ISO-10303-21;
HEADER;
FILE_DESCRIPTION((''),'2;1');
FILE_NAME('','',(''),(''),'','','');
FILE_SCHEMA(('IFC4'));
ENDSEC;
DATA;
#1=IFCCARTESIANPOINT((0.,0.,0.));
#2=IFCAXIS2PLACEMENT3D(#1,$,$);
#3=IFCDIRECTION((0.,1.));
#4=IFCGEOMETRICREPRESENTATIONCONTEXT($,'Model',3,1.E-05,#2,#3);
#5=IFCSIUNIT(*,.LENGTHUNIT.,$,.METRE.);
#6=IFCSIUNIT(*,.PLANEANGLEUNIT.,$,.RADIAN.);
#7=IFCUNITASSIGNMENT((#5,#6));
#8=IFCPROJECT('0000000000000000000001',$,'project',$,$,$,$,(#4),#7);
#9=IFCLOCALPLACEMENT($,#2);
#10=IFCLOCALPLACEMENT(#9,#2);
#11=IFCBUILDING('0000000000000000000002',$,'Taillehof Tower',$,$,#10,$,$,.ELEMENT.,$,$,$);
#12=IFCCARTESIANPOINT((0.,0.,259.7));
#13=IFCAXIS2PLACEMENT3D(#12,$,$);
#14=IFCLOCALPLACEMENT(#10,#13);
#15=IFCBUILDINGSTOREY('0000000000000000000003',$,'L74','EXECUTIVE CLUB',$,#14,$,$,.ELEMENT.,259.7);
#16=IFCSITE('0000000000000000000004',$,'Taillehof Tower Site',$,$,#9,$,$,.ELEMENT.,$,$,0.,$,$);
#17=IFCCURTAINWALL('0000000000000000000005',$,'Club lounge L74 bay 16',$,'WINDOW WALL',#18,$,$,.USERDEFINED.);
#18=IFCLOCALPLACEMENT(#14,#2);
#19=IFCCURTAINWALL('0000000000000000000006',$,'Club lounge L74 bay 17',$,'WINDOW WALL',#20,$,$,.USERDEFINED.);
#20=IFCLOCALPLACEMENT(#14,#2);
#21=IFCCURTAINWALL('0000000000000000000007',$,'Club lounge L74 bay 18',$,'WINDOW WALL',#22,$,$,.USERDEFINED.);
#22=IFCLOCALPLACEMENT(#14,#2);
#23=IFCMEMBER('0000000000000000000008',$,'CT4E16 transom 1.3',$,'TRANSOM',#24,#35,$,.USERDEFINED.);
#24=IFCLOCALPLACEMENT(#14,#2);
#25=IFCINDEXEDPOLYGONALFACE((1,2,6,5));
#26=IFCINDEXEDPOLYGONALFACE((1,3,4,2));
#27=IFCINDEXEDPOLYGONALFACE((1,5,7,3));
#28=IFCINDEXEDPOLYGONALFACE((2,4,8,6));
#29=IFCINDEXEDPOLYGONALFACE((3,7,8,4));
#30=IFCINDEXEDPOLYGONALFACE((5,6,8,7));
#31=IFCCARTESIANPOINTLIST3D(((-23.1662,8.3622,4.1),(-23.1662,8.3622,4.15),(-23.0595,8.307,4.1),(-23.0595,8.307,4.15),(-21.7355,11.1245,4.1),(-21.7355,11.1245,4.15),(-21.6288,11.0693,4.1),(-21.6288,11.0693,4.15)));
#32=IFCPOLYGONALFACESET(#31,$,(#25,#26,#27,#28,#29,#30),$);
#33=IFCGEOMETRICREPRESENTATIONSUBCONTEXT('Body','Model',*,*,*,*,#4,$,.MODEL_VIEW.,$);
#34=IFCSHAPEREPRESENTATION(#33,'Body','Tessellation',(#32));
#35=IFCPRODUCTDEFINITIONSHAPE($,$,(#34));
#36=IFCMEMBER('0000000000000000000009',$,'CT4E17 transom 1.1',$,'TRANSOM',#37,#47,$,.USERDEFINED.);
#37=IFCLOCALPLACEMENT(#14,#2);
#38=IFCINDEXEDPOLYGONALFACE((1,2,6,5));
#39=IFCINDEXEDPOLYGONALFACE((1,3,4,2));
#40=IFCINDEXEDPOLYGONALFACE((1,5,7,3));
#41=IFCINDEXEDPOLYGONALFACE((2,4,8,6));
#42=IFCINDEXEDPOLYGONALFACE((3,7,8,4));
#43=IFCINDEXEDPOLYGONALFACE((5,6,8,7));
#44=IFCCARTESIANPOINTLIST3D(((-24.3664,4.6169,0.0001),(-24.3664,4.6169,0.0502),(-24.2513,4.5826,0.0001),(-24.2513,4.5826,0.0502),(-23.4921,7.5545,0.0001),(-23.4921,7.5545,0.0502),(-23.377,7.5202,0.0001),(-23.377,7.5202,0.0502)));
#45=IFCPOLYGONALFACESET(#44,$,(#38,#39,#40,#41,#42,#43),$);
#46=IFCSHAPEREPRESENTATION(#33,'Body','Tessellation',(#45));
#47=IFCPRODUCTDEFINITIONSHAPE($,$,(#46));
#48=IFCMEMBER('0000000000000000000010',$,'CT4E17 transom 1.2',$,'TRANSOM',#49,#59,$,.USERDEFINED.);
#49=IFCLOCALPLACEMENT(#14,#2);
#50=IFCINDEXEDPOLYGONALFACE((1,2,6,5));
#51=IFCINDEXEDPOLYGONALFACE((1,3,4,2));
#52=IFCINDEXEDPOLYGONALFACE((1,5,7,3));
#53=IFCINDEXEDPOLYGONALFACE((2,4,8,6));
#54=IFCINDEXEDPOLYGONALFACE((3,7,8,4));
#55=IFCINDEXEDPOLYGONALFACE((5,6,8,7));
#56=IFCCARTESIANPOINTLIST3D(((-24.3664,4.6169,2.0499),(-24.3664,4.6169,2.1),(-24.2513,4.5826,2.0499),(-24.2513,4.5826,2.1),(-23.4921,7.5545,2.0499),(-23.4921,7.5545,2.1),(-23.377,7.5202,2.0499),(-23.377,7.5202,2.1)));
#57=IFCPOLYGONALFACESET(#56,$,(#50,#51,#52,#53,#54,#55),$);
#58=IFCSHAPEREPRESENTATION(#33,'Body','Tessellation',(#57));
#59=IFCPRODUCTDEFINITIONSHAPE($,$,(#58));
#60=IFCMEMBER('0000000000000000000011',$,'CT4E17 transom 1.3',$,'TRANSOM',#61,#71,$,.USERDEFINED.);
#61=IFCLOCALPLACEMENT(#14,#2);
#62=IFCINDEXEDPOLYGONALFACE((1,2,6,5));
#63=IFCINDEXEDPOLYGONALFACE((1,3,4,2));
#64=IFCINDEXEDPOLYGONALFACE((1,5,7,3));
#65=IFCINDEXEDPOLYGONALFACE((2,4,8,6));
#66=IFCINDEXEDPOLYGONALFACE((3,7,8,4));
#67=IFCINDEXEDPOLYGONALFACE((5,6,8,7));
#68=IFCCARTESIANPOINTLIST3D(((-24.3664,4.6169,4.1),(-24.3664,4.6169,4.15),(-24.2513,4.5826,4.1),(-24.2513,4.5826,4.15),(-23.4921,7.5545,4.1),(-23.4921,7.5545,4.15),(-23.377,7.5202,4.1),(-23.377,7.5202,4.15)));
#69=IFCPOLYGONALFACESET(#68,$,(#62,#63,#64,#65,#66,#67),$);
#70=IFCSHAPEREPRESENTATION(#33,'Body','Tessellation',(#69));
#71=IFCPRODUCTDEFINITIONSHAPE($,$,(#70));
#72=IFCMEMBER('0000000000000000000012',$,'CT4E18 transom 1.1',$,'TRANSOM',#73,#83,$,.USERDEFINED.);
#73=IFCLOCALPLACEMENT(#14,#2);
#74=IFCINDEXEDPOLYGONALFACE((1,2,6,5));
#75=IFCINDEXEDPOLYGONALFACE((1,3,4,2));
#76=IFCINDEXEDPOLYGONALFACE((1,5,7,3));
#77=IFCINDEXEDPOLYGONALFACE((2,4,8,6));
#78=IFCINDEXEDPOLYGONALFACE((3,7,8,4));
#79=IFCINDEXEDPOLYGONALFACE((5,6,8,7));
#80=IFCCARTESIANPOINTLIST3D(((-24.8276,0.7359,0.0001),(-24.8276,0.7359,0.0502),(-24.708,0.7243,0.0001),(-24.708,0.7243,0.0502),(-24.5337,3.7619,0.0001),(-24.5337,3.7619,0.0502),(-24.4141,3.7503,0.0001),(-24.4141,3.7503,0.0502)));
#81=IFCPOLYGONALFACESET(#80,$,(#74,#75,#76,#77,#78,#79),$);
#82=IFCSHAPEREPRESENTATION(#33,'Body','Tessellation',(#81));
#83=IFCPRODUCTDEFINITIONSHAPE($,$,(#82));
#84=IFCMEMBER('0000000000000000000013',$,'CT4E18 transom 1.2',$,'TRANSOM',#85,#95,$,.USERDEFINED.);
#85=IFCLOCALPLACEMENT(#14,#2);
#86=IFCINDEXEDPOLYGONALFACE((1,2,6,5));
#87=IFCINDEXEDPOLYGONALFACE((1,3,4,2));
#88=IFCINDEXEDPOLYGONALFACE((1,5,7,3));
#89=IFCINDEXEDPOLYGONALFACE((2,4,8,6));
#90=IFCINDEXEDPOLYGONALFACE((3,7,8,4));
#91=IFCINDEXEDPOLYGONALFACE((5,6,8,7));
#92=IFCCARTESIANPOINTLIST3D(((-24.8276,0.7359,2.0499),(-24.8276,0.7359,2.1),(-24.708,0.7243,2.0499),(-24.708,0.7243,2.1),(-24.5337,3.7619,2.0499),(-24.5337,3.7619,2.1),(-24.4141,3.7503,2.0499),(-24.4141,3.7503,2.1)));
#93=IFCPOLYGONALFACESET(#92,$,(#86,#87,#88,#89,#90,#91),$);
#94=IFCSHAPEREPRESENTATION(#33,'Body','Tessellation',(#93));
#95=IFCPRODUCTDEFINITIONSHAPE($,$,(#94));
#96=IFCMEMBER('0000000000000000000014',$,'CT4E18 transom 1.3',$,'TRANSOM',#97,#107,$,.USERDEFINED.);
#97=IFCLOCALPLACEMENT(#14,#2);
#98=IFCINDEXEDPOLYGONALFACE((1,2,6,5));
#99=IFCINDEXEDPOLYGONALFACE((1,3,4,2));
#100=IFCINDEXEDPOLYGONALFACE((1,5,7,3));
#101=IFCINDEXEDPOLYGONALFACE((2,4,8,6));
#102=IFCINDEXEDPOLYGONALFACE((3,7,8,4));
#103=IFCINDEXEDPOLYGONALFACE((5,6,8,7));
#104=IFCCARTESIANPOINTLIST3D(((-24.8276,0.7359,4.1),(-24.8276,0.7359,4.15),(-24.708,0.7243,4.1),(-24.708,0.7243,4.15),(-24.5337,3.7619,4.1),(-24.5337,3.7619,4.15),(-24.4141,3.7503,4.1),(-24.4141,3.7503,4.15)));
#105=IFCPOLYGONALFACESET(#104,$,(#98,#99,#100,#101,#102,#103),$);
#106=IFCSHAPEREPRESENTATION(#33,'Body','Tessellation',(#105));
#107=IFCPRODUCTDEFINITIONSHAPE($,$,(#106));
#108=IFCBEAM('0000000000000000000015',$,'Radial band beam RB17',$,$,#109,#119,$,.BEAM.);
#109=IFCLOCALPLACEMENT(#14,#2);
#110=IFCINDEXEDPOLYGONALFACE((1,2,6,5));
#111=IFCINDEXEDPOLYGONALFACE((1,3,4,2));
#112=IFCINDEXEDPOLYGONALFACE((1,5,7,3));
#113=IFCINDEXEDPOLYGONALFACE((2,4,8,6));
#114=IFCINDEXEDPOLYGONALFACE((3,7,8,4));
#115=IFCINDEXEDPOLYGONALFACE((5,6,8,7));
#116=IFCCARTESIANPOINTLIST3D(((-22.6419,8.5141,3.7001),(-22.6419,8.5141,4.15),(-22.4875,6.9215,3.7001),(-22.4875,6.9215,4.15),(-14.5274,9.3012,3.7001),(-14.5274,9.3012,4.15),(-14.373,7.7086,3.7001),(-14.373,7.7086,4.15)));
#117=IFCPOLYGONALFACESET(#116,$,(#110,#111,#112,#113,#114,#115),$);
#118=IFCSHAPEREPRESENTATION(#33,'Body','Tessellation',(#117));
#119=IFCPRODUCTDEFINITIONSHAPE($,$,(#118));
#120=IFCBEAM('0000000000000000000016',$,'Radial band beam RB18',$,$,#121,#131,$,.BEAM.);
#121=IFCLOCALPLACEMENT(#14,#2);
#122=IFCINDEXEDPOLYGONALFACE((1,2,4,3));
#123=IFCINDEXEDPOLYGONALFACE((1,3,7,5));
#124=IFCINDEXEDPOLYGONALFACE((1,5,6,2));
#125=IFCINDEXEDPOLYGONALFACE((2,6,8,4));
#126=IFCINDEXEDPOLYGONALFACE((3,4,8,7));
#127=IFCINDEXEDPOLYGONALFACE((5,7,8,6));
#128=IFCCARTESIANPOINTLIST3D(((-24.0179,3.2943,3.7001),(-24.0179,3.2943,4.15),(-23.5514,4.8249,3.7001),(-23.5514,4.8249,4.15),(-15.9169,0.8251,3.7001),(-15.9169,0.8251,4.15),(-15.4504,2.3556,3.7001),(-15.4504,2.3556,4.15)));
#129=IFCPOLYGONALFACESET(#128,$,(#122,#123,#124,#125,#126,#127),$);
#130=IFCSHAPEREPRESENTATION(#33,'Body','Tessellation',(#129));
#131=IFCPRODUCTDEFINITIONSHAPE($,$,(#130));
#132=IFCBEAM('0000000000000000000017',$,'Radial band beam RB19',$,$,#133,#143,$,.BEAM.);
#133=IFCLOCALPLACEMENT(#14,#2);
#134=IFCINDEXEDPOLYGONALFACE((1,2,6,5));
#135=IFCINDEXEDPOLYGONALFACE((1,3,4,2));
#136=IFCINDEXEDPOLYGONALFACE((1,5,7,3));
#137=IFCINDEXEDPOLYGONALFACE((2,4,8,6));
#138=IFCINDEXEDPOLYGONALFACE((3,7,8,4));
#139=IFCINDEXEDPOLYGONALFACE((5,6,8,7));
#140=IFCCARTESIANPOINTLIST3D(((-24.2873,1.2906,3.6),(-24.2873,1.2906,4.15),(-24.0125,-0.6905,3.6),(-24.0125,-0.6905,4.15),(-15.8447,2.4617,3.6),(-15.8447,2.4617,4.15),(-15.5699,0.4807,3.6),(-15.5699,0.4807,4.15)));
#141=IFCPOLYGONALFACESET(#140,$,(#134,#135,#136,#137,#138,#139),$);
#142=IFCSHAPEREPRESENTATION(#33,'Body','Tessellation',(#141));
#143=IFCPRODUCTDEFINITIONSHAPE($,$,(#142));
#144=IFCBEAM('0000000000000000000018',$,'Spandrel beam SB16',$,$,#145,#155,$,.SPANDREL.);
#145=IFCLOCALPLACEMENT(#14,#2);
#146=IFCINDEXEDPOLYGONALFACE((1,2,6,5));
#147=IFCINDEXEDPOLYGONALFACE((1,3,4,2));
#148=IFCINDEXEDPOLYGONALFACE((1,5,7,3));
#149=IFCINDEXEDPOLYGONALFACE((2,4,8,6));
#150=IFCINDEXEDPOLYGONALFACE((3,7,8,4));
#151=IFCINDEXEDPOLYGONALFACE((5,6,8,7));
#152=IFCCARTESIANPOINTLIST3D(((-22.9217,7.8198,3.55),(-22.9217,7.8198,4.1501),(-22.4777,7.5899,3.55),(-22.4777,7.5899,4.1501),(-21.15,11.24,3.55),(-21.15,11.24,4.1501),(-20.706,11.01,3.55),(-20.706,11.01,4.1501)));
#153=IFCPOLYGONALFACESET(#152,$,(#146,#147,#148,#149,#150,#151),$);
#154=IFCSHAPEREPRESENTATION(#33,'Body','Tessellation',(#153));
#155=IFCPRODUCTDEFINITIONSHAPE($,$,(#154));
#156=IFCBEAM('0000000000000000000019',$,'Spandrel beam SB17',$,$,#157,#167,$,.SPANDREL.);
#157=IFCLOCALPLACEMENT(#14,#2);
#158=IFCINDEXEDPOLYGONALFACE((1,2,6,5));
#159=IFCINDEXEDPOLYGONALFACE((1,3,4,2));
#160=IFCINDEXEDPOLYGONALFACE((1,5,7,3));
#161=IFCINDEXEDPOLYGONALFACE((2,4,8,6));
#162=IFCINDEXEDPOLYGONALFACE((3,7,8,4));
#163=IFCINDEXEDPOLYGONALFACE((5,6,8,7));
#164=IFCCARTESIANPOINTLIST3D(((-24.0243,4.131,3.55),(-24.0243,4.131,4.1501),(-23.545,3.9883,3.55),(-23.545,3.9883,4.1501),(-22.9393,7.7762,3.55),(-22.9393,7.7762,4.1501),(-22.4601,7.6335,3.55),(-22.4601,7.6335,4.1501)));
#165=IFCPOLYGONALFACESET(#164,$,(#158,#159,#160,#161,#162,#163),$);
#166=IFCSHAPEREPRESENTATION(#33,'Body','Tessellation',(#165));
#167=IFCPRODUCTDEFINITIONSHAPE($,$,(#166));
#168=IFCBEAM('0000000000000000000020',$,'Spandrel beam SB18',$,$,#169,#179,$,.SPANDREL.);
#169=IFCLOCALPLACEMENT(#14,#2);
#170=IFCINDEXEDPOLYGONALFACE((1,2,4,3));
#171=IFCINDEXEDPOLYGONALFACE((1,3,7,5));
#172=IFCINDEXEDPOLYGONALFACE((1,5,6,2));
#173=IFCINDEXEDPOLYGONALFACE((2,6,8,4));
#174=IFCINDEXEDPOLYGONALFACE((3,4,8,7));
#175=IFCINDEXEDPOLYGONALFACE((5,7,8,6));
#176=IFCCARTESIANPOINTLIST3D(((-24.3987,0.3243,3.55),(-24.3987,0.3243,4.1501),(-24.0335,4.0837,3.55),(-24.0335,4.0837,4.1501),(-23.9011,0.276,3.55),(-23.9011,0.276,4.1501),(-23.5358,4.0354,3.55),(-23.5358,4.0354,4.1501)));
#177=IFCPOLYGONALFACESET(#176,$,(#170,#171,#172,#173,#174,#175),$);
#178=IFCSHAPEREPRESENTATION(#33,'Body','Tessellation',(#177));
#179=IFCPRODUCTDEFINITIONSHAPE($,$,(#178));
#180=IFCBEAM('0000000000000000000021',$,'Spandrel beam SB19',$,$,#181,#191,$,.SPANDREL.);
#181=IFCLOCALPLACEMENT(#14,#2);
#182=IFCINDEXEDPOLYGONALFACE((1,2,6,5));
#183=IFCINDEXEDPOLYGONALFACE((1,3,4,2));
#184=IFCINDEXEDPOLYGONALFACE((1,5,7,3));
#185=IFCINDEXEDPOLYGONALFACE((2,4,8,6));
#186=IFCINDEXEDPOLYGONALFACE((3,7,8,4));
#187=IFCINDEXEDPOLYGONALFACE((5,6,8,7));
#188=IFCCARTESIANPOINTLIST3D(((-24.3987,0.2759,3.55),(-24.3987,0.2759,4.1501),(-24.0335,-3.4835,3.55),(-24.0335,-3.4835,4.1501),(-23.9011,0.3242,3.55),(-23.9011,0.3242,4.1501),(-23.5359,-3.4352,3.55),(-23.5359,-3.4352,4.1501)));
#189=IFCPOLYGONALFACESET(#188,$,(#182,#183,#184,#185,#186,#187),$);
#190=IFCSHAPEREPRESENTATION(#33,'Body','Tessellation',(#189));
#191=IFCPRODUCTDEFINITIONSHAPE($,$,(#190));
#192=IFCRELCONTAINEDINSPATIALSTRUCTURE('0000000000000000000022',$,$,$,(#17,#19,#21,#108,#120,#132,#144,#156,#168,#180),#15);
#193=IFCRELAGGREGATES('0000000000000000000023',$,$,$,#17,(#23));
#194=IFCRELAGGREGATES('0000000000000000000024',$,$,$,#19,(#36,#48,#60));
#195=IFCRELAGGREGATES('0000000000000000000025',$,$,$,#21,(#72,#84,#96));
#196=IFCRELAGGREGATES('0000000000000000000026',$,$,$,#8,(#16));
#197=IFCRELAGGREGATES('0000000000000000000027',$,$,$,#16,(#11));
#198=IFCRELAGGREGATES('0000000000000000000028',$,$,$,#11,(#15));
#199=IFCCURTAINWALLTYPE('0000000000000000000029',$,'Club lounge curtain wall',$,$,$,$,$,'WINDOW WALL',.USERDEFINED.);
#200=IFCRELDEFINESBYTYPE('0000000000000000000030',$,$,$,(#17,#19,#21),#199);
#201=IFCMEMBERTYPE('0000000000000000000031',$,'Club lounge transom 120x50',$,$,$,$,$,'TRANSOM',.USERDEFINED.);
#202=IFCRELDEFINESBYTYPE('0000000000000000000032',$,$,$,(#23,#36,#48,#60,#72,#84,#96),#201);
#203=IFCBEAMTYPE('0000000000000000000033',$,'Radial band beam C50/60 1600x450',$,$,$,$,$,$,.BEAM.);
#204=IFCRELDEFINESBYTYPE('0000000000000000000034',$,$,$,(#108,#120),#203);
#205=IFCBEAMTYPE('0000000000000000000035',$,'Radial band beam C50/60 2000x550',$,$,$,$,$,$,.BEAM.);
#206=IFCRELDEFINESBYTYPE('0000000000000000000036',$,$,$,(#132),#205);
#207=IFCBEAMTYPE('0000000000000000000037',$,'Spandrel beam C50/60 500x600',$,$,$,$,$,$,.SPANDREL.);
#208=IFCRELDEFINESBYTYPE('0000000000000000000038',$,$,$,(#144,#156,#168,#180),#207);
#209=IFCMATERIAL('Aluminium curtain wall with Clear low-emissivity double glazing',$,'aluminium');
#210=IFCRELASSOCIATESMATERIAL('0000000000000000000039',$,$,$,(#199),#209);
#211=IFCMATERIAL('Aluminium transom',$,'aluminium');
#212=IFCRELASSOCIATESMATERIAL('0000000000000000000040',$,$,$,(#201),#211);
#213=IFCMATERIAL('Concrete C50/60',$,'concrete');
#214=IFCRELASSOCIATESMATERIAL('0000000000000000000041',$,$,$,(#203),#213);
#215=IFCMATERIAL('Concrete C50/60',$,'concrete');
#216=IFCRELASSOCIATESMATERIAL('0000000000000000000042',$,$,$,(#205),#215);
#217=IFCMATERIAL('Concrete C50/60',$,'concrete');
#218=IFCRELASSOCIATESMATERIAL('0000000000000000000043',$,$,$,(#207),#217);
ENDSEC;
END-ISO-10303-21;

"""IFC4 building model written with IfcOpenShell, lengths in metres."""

from ifc_helpers import new_model, si_unit, direction, frame, origin, origin_2d, place, context, subcontext, project, spatial, rectangle, extrude, material, material_profile, profile_set, type_object, element, aggregate, save


model = new_model("IFC4")

# Units and contexts
model_context = context("Model", 3, precision=1e-05, world=origin(), true_north=direction((0.0, 1.0)))
body_context = subcontext(model_context, "Body", "Model", "MODEL_VIEW")
ifc_project = project(units=[si_unit("LENGTHUNIT", "METRE"), si_unit("PLANEANGLEUNIT", "RADIAN")], contexts=[model_context])

# Site, building, storey
site_placement = place(None, origin())
site = spatial("IfcSite", under=ifc_project, at=site_placement, Name="Taillehof Tower Site", CompositionType="ELEMENT", RefElevation=0.0)
building_placement = place(site_placement, origin())
building = spatial("IfcBuilding", under=site, at=building_placement, Name="Taillehof Tower", CompositionType="ELEMENT")
storey_placement = place(building_placement, frame((0.0, 0.0, 259.7)))
storey = spatial("IfcBuildingStorey", under=building, at=storey_placement, Name="L74", Description="EXECUTIVE CLUB", CompositionType="ELEMENT", Elevation=259.7)

# Curtain walls
ifc_material_1 = material(Name="Aluminium curtain wall with Clear low-emissivity double glazing", Category="aluminium")
curtain_wall_type = type_object("IfcCurtainWallType", Name="Club lounge curtain wall", ElementType="WINDOW WALL", PredefinedType="USERDEFINED", material=ifc_material_1)
curtain_wall_1_placement = place(storey_placement, origin())
curtain_wall_1 = element("IfcCurtainWall", 1, at=curtain_wall_1_placement, inside=storey, type_object=curtain_wall_type, Name="Club lounge L74 bay 16", ObjectType="WINDOW WALL", PredefinedType="USERDEFINED")
curtain_wall_2_placement = place(storey_placement, origin())
curtain_wall_2 = element("IfcCurtainWall", 2, at=curtain_wall_2_placement, inside=storey, type_object=curtain_wall_type, Name="Club lounge L74 bay 17", ObjectType="WINDOW WALL", PredefinedType="USERDEFINED")
curtain_wall_3_placement = place(storey_placement, origin())
curtain_wall_3 = element("IfcCurtainWall", 3, at=curtain_wall_3_placement, inside=storey, type_object=curtain_wall_type, Name="Club lounge L74 bay 18", ObjectType="WINDOW WALL", PredefinedType="USERDEFINED")

# Members
ifc_material_2 = material(Name="Aluminium transom", Category="aluminium")
ifc_material_profile_1 = material_profile(ifc_material_2, rectangle(XDim=0.1201, YDim=0.05, at=origin_2d()), Name="AL 120x50")
ifc_profile_set_1 = profile_set([ifc_material_profile_1], Name="Aluminium transom")
member_type_1 = type_object("IfcMemberType", Name="Club lounge transom 120x50", ElementType="TRANSOM", PredefinedType="USERDEFINED", material=ifc_profile_set_1)
member_1_placement = place(storey_placement, frame((-21.6821, 11.0969, 4.125), z_axis=(-0.459914, -0.887964, 0.0), x_axis=(0.887964, -0.459914, 0.0)))
member_1 = element("IfcMember", 4, at=member_1_placement, type_object=member_type_1, Name="CT4E16 transom 1.3", ObjectType="TRANSOM", PredefinedType="USERDEFINED", context=body_context, shape_type="SweptSolid", body=[
    extrude(rectangle(XDim=0.1201, YDim=0.05, at=origin_2d()), origin(), (0.0, 0.0, 1.0), 3.1108),
])
member_2_placement = place(storey_placement, frame((-23.4346, 7.5374, 0.0251), z_axis=(-0.285257, -0.958451, 0.0), x_axis=(0.958451, -0.285257, 0.0)))
member_2 = element("IfcMember", 5, at=member_2_placement, type_object=member_type_1, Name="CT4E17 transom 1.1", ObjectType="TRANSOM", PredefinedType="USERDEFINED", context=body_context, shape_type="SweptSolid", body=[
    extrude(rectangle(XDim=0.1201, YDim=0.05, at=origin_2d()), origin(), (0.0, 0.0, 1.0), 3.0649),
])
member_3_placement = place(storey_placement, frame((-23.4346, 7.5374, 2.075), z_axis=(-0.285257, -0.958451, 0.0), x_axis=(0.958451, -0.285257, 0.0)))
member_3 = element("IfcMember", 6, at=member_3_placement, type_object=member_type_1, Name="CT4E17 transom 1.2", ObjectType="TRANSOM", PredefinedType="USERDEFINED", context=body_context, shape_type="SweptSolid", body=[
    extrude(rectangle(XDim=0.1201, YDim=0.05, at=origin_2d()), origin(), (0.0, 0.0, 1.0), 3.0649),
])
member_4_placement = place(storey_placement, frame((-23.4346, 7.5374, 4.125), z_axis=(-0.285257, -0.958451, 0.0), x_axis=(0.958451, -0.285257, 0.0)))
member_4 = element("IfcMember", 7, at=member_4_placement, type_object=member_type_1, Name="CT4E17 transom 1.3", ObjectType="TRANSOM", PredefinedType="USERDEFINED", context=body_context, shape_type="SweptSolid", body=[
    extrude(rectangle(XDim=0.1201, YDim=0.05, at=origin_2d()), origin(), (0.0, 0.0, 1.0), 3.0649),
])
member_5_placement = place(storey_placement, frame((-24.4739, 3.7561, 0.0251), z_axis=(-0.096681, -0.995315, 0.0), x_axis=(0.995315, -0.096681, 0.0)))
member_5 = element("IfcMember", 8, at=member_5_placement, type_object=member_type_1, Name="CT4E18 transom 1.1", ObjectType="TRANSOM", PredefinedType="USERDEFINED", context=body_context, shape_type="SweptSolid", body=[
    extrude(rectangle(XDim=0.1201, YDim=0.05, at=origin_2d()), origin(), (0.0, 0.0, 1.0), 3.0403),
])
member_6_placement = place(storey_placement, frame((-24.4739, 3.7561, 2.075), z_axis=(-0.096681, -0.995315, 0.0), x_axis=(0.995315, -0.096681, 0.0)))
member_6 = element("IfcMember", 9, at=member_6_placement, type_object=member_type_1, Name="CT4E18 transom 1.2", ObjectType="TRANSOM", PredefinedType="USERDEFINED", context=body_context, shape_type="SweptSolid", body=[
    extrude(rectangle(XDim=0.1201, YDim=0.05, at=origin_2d()), origin(), (0.0, 0.0, 1.0), 3.0403),
])
member_7_placement = place(storey_placement, frame((-24.4739, 3.7561, 4.125), z_axis=(-0.096681, -0.995315, 0.0), x_axis=(0.995315, -0.096681, 0.0)))
member_7 = element("IfcMember", 10, at=member_7_placement, type_object=member_type_1, Name="CT4E18 transom 1.3", ObjectType="TRANSOM", PredefinedType="USERDEFINED", context=body_context, shape_type="SweptSolid", body=[
    extrude(rectangle(XDim=0.1201, YDim=0.05, at=origin_2d()), origin(), (0.0, 0.0, 1.0), 3.0403),
])

# Beams
ifc_material_3 = material(Name="Concrete C50/60", Category="concrete")
ifc_material_profile_2 = material_profile(ifc_material_3, rectangle(XDim=1.6001, YDim=0.45, at=origin_2d()), Name="RC 1600x450")
ifc_profile_set_2 = profile_set([ifc_material_profile_2], Name="Concrete C50/60")
beam_type_1 = type_object("IfcBeamType", Name="Radial band beam C50/60 1600x450", PredefinedType="BEAM", material=ifc_profile_set_2)
beam_1_placement = place(storey_placement, frame((-22.5647, 7.7178, 3.925), z_axis=(0.995328, 0.096547, 0.0), x_axis=(-0.096547, 0.995328, 0.0)))
element("IfcBeam", 11, at=beam_1_placement, inside=storey, type_object=beam_type_1, Name="Radial band beam RB17", PredefinedType="BEAM", context=body_context, shape_type="SweptSolid", body=[
    extrude(rectangle(XDim=1.6001, YDim=0.45, at=origin_2d()), origin(), (0.0, 0.0, 1.0), 8.1526),
])
beam_2_placement = place(storey_placement, frame((-23.7847, 4.0596, 3.925), z_axis=(0.956552, -0.291561, 0.0), x_axis=(0.291561, 0.956552, 0.0)))
element("IfcBeam", 12, at=beam_2_placement, inside=storey, type_object=beam_type_1, Name="Radial band beam RB18", PredefinedType="BEAM", context=body_context, shape_type="SweptSolid", body=[
    extrude(rectangle(XDim=1.6001, YDim=0.45, at=origin_2d()), origin(), (0.0, 0.0, 1.0), 8.469),
])
ifc_material_4 = material(Name="Concrete C50/60", Category="concrete")
ifc_material_profile_3 = material_profile(ifc_material_4, rectangle(XDim=2.0, YDim=0.55, at=origin_2d()), Name="RC 2000x550")
ifc_profile_set_3 = profile_set([ifc_material_profile_3], Name="Concrete C50/60")
beam_type_2 = type_object("IfcBeamType", Name="Radial band beam C50/60 2000x550", PredefinedType="BEAM", material=ifc_profile_set_3)
beam_3_placement = place(storey_placement, frame((-24.1499, 0.3, 3.875), z_axis=(0.990515, 0.137402, 0.0), x_axis=(-0.137402, 0.990515, 0.0)))
element("IfcBeam", 13, at=beam_3_placement, inside=storey, type_object=beam_type_2, Name="Radial band beam RB19", PredefinedType="BEAM", context=body_context, shape_type="SweptSolid", body=[
    extrude(rectangle(XDim=2.0, YDim=0.55, at=origin_2d()), origin(), (0.0, 0.0, 1.0), 8.5234),
])
ifc_material_5 = material(Name="Concrete C50/60", Category="concrete")
ifc_material_profile_4 = material_profile(ifc_material_5, rectangle(XDim=0.5, YDim=0.6001, at=origin_2d()), Name="RC 500x600")
ifc_profile_set_4 = profile_set([ifc_material_profile_4], Name="Concrete C50/60")
beam_type_3 = type_object("IfcBeamType", Name="Spandrel beam C50/60 500x600", PredefinedType="SPANDREL", material=ifc_profile_set_4)
beam_4_placement = place(storey_placement, frame((-20.928, 11.125, 3.8501), z_axis=(-0.459971, -0.887934, 0.0), x_axis=(0.887934, -0.459971, 0.0)))
element("IfcBeam", 14, at=beam_4_placement, inside=storey, type_object=beam_type_3, Name="Spandrel beam SB16", PredefinedType="SPANDREL", context=body_context, shape_type="SweptSolid", body=[
    extrude(rectangle(XDim=0.5, YDim=0.6001, at=origin_2d()), origin(), (0.0, 0.0, 1.0), 3.8518),
])
beam_5_placement = place(storey_placement, frame((-22.6997, 7.7048, 3.8501), z_axis=(-0.285268, -0.958448, 0.0), x_axis=(0.958448, -0.285268, 0.0)))
element("IfcBeam", 15, at=beam_5_placement, inside=storey, type_object=beam_type_3, Name="Spandrel beam SB17", PredefinedType="SPANDREL", context=body_context, shape_type="SweptSolid", body=[
    extrude(rectangle(XDim=0.5, YDim=0.6001, at=origin_2d()), origin(), (0.0, 0.0, 1.0), 3.8032),
])
for number, where, z_axis, x_axis, name in (
    (16, (-23.7847, 4.0596, 3.8501), (-0.096694, -0.995314, 0.0), (0.995314, -0.096694, 0.0), "Spandrel beam SB18"),
    (17, (-24.1499, 0.3, 3.8501), (0.096694, -0.995314, 0.0), (0.995314, 0.096694, 0.0), "Spandrel beam SB19"),
):
    element("IfcBeam", number, at=place(storey_placement, frame(where, z_axis=z_axis, x_axis=x_axis)), inside=storey, type_object=beam_type_3, Name=name, PredefinedType="SPANDREL", context=body_context, shape_type="SweptSolid", body=[
        extrude(rectangle(XDim=0.5, YDim=0.6001, at=origin_2d()), origin(), (0.0, 0.0, 1.0), 3.7771),
    ])

aggregate(curtain_wall_1, [member_1])
aggregate(curtain_wall_2, [member_2, member_3, member_4])
aggregate(curtain_wall_3, [member_5, member_6, member_7])

save(model, "model.ifc")
